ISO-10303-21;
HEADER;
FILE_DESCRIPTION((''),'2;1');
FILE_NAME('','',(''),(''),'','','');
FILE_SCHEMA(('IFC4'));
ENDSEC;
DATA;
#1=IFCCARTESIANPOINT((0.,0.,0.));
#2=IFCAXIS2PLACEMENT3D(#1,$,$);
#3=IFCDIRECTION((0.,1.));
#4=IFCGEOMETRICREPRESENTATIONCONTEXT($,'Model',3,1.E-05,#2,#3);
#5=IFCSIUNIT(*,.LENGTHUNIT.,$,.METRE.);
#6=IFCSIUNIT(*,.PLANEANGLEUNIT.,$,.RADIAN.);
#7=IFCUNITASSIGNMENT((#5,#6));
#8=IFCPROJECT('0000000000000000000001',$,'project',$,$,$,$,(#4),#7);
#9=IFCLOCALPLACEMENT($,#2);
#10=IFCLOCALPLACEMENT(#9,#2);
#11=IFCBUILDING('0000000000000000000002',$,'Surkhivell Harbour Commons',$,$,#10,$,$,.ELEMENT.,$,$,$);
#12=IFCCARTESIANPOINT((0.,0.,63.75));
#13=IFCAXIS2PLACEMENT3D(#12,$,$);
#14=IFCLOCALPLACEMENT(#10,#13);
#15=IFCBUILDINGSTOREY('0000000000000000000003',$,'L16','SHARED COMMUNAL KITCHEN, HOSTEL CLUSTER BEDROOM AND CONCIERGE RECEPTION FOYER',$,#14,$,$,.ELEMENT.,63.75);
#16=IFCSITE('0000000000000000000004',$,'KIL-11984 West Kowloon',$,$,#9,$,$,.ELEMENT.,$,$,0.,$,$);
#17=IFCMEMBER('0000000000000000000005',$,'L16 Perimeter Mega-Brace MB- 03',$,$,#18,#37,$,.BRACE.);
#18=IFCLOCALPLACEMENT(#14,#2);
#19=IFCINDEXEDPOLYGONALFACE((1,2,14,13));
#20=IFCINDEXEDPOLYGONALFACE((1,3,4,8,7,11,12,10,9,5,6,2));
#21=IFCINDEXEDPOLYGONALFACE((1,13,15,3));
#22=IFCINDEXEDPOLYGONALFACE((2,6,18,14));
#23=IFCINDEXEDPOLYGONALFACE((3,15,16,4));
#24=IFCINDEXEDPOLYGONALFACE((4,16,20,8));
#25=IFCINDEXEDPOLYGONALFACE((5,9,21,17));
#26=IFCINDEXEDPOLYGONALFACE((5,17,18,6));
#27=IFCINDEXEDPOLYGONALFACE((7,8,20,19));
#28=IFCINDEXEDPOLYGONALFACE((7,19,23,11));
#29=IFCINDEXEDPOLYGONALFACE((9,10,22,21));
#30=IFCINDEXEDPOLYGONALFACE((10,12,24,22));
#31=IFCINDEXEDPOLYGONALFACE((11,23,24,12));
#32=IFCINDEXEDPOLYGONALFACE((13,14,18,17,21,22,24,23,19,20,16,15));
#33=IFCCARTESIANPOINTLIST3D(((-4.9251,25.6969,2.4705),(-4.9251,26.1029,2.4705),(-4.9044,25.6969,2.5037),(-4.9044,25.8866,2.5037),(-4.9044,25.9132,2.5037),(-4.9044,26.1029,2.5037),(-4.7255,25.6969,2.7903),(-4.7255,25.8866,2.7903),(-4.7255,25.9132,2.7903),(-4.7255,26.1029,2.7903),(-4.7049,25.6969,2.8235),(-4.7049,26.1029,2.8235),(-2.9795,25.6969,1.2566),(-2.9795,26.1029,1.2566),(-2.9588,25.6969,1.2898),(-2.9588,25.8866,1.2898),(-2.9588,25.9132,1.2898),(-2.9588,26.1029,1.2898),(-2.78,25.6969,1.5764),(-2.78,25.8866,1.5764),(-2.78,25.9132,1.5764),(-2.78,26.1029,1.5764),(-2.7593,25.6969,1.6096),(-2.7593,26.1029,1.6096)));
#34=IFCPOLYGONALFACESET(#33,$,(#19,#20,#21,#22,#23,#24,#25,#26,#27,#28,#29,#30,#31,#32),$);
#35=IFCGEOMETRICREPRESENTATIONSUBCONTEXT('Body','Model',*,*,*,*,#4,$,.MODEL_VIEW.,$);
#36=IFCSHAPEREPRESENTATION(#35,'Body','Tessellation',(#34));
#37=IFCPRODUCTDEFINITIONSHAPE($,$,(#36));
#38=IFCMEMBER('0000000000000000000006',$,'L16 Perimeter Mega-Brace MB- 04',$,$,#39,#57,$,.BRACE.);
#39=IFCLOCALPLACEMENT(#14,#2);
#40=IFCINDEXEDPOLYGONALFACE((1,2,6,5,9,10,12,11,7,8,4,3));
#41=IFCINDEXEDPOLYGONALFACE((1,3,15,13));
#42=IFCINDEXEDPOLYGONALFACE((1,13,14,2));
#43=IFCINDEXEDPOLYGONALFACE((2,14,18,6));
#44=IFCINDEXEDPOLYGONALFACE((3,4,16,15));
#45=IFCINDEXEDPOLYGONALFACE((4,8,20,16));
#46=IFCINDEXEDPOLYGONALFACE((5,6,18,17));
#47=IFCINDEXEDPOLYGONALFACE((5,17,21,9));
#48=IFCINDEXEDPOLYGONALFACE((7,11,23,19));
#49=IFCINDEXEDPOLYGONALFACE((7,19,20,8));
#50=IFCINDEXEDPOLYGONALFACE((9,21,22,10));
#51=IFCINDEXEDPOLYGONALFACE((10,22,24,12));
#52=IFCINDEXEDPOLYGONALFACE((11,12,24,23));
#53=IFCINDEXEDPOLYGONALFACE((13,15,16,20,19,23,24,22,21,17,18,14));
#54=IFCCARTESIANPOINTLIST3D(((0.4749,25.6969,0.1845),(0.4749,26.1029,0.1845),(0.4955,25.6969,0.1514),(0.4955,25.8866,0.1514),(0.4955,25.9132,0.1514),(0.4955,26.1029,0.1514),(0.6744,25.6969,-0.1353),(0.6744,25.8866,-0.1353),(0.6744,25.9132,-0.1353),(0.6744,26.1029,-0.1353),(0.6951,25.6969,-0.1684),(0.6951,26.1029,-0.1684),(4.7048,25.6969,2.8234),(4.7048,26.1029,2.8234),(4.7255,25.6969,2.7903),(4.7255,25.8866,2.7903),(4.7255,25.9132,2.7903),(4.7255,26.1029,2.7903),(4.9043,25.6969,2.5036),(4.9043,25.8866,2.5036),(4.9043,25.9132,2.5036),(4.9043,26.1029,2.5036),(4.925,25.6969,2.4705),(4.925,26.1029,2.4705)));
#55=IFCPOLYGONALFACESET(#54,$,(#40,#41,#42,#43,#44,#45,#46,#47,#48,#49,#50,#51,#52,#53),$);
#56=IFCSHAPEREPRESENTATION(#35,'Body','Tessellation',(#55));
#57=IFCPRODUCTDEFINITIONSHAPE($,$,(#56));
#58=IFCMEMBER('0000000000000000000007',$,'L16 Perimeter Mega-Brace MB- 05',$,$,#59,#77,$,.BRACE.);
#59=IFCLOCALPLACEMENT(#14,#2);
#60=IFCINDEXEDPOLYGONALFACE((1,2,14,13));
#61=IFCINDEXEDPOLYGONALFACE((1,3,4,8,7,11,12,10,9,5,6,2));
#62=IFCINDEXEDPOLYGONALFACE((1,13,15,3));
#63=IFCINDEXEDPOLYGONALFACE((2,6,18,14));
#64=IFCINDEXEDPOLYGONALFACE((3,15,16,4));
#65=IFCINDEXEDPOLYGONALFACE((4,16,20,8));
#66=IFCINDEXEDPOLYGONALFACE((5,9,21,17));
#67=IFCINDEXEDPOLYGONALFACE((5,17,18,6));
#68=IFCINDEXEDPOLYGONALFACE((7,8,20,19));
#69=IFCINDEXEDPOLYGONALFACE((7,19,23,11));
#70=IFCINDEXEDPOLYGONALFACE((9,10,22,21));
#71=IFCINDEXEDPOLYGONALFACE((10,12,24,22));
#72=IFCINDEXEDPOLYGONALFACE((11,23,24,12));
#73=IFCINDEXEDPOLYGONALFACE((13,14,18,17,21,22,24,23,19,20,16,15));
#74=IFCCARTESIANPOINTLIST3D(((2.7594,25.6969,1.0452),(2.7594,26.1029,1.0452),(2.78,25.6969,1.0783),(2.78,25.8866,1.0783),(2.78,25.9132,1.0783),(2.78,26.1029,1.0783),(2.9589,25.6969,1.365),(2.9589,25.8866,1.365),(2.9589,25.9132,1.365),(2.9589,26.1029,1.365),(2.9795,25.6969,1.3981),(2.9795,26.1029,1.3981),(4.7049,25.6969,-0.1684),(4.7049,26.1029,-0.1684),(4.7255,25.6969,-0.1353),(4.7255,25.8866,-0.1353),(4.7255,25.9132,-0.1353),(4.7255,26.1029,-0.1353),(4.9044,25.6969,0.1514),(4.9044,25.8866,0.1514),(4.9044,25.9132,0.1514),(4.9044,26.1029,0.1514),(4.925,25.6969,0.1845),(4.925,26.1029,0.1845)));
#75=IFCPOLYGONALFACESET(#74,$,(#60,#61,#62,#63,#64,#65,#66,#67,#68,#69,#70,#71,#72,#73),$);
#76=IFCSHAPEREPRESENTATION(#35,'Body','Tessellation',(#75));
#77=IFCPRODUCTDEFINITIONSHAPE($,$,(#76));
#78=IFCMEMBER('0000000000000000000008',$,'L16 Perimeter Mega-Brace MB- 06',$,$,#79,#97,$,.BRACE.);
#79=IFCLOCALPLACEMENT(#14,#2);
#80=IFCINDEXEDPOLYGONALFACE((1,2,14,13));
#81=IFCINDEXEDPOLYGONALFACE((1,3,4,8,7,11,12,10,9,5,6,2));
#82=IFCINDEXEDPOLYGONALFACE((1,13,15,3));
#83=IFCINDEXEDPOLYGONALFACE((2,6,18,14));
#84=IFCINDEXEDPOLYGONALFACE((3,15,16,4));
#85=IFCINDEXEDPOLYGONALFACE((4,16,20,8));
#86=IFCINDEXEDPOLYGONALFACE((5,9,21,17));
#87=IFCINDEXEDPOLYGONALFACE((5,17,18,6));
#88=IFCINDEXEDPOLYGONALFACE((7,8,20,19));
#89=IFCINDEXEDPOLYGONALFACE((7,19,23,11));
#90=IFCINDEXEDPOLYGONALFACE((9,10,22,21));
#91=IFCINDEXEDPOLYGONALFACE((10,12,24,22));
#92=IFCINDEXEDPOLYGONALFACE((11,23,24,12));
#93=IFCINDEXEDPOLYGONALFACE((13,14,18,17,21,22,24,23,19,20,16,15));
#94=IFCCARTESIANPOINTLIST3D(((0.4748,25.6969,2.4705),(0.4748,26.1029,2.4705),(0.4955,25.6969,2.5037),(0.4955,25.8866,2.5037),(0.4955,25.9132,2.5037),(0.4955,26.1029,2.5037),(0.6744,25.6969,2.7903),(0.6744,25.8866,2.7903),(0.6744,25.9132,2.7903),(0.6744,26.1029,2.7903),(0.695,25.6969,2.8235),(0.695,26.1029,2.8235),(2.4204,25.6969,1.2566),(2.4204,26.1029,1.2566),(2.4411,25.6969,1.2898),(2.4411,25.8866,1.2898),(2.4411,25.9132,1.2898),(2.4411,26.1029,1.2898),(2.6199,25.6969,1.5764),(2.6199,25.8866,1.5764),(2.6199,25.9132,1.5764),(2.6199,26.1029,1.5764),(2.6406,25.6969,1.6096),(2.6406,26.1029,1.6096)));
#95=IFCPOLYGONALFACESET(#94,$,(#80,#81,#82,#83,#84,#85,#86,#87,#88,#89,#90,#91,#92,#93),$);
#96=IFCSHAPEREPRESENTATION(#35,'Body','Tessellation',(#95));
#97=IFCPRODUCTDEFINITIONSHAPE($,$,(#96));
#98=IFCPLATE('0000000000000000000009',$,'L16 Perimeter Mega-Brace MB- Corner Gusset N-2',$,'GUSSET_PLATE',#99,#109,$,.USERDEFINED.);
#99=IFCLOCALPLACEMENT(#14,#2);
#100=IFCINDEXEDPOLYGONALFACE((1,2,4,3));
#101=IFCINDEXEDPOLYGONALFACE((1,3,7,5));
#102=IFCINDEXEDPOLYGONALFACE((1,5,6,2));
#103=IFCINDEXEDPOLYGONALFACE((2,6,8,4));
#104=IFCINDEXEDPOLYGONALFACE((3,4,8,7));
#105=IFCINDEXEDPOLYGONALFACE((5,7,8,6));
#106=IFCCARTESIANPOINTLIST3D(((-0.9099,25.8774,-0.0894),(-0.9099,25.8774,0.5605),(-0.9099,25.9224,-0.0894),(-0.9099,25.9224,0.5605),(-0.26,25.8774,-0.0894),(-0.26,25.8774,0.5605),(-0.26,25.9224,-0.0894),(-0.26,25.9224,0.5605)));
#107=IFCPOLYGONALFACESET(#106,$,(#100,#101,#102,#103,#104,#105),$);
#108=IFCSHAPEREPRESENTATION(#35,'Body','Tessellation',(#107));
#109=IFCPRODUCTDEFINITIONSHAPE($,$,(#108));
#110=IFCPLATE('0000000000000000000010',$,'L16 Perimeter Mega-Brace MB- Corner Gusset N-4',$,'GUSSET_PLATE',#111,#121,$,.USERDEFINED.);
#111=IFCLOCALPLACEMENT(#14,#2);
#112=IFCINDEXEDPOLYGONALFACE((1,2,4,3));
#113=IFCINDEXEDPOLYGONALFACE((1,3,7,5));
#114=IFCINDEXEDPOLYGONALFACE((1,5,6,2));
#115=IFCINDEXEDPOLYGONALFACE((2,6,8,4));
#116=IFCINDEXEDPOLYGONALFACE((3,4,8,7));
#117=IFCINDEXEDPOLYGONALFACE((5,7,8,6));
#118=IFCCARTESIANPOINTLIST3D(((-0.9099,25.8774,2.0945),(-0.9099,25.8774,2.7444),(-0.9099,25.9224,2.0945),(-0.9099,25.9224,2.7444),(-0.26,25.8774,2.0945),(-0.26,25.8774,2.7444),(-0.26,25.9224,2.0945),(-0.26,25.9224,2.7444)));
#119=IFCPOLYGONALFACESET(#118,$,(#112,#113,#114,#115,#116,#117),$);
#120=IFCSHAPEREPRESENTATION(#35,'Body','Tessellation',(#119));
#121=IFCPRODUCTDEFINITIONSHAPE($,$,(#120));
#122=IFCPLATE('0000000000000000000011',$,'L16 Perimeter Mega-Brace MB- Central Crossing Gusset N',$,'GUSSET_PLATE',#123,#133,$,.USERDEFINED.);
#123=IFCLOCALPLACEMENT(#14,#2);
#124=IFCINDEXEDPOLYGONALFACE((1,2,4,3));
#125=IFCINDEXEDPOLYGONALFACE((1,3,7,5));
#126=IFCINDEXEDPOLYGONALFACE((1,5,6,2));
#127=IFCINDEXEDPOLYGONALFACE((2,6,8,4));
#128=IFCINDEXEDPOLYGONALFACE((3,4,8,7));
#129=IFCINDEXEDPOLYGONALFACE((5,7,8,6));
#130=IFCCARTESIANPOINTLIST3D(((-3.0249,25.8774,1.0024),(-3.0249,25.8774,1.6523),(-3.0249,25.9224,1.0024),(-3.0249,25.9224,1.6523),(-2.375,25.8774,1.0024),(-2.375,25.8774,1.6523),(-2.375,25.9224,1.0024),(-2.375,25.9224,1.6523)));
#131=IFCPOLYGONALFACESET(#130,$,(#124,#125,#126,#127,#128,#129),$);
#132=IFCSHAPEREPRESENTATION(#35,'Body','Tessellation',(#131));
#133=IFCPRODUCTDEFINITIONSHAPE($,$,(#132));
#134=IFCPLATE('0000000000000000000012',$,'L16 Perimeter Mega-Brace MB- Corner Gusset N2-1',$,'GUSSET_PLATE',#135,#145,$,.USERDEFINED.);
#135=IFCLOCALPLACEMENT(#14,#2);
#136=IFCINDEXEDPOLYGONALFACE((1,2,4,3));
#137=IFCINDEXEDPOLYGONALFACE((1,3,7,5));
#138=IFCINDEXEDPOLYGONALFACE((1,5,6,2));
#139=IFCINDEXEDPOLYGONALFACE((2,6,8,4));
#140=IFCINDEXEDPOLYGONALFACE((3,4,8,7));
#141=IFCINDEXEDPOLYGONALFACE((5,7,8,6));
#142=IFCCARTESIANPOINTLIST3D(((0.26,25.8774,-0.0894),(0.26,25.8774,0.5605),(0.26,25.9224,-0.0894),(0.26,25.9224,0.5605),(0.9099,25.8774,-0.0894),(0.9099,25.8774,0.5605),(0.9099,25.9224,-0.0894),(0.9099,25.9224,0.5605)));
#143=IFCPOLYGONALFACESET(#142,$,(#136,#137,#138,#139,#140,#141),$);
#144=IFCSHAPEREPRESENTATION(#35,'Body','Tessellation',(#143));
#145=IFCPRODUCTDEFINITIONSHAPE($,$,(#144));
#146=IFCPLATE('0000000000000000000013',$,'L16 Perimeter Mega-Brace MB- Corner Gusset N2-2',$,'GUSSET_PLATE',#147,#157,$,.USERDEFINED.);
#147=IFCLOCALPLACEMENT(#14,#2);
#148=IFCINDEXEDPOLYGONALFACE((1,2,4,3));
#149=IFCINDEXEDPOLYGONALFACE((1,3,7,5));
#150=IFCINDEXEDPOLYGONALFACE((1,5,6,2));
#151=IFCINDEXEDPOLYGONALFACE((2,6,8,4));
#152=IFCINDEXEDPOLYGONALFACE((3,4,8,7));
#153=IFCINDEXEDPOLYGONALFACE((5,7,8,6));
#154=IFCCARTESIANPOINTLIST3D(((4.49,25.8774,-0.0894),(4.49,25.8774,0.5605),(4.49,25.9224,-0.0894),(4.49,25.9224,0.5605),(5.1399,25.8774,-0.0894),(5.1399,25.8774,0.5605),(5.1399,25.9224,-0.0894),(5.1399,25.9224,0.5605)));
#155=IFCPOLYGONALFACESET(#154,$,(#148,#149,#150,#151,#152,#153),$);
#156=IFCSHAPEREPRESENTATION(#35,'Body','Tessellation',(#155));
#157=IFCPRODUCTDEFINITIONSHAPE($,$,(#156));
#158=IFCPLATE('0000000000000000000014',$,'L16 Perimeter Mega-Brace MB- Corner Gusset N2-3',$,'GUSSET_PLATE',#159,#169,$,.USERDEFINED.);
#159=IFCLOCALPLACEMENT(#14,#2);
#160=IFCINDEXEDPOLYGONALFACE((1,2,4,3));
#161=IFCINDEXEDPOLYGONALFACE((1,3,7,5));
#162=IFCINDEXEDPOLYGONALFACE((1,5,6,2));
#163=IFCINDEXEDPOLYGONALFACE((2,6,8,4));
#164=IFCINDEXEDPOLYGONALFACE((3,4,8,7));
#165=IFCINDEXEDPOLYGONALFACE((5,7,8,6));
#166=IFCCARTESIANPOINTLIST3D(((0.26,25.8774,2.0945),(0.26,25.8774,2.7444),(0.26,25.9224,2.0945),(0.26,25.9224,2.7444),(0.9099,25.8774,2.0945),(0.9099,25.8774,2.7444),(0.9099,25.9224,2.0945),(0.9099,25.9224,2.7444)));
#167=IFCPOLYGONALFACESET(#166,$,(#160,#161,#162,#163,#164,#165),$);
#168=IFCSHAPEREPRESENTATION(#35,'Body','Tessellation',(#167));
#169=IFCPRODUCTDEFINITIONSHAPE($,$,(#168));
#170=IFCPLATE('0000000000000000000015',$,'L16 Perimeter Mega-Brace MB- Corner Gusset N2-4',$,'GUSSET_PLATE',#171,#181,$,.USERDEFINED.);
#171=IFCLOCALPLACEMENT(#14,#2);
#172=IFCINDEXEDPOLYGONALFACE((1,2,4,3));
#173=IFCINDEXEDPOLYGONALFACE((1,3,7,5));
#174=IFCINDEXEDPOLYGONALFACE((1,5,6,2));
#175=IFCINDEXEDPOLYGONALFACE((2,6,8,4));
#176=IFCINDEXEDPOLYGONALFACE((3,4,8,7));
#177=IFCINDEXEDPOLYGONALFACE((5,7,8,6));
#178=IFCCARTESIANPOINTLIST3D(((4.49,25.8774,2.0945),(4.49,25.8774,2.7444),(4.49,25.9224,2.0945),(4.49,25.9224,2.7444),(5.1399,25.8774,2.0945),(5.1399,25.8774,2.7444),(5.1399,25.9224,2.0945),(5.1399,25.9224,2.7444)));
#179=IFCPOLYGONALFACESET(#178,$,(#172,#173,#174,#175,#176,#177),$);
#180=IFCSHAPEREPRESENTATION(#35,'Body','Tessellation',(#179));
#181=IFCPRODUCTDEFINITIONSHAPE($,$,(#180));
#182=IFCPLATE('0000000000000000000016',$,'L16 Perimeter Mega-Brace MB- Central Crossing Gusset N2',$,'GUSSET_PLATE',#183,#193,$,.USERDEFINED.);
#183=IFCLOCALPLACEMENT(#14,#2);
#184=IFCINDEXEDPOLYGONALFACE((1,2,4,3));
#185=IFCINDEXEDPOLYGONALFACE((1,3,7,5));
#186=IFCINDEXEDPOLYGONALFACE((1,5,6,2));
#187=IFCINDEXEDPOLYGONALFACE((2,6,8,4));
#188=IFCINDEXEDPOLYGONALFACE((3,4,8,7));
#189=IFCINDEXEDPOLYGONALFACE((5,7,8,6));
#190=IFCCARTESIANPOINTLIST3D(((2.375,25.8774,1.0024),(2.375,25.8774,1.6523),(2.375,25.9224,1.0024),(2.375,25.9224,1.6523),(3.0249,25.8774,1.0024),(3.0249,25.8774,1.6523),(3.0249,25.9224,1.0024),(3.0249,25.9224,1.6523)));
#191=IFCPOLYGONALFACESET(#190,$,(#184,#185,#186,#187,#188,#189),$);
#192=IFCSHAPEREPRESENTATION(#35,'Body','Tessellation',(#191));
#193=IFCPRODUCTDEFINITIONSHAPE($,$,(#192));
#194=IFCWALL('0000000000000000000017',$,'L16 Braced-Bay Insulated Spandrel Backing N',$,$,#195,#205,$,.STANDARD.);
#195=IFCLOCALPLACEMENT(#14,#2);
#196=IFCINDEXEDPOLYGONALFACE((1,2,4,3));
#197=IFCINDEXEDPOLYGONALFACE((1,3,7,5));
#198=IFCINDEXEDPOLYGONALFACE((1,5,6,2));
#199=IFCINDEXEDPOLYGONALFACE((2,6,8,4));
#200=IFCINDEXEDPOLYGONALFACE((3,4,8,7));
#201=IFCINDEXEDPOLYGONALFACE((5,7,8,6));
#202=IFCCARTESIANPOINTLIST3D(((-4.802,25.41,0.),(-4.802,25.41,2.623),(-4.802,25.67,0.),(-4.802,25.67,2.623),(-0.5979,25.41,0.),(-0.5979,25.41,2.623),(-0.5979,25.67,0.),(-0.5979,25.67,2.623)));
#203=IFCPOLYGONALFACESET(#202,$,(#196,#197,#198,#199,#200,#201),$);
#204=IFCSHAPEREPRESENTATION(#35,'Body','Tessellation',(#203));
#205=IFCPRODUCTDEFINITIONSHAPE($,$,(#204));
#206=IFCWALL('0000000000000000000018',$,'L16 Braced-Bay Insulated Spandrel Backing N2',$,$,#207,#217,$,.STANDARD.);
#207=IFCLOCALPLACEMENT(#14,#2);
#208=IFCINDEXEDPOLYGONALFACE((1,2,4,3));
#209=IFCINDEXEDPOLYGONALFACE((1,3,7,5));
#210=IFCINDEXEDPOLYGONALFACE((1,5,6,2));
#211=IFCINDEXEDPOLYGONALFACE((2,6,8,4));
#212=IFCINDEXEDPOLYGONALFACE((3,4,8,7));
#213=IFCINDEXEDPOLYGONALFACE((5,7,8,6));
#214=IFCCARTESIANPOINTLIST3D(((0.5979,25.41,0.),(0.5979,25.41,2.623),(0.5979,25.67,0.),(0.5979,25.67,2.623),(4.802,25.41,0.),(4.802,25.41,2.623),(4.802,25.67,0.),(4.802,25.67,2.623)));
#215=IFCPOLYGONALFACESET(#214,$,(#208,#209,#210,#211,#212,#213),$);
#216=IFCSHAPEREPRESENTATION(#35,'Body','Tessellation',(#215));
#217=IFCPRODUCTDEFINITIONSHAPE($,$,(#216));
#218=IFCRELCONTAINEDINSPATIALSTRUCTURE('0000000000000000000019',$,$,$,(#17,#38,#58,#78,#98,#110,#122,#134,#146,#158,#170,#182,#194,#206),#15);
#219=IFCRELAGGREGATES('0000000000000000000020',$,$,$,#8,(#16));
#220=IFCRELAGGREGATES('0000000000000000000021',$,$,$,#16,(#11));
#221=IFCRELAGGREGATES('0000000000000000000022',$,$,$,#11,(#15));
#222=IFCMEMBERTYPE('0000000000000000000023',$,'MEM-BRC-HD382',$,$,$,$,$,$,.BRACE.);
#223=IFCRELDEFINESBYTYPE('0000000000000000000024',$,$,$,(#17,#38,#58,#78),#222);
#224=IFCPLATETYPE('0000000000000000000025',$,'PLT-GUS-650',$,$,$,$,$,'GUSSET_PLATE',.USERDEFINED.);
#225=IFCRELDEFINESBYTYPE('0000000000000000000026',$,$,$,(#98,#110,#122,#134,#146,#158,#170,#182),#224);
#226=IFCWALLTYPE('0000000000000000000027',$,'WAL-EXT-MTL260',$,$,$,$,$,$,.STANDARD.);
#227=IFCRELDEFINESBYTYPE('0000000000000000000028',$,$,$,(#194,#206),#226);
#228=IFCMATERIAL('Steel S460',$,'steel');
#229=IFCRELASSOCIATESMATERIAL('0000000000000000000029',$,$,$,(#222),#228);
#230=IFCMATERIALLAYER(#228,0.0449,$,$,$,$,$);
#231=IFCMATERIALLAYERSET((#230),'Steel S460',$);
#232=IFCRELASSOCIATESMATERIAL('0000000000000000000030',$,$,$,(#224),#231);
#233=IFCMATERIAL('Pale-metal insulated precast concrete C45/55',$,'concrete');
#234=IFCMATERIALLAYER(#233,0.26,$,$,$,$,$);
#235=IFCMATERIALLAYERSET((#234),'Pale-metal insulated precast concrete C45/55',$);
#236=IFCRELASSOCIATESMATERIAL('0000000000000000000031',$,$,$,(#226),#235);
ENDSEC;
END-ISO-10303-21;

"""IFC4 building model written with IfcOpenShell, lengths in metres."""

from ifc_helpers import new_model, si_unit, direction, frame, frame_2d, origin, origin_2d, place, context, subcontext, project, spatial, rectangle, i_section, extrude, material, layer, layer_set, material_profile, profile_set, type_object, element, save


model = new_model("IFC4")

# Units and contexts
model_context = context("Model", 3, precision=1e-05, world=origin(), true_north=direction((0.0, 1.0)))
body_context = subcontext(model_context, "Body", "Model", "MODEL_VIEW")
ifc_project = project(units=[si_unit("LENGTHUNIT", "METRE"), si_unit("PLANEANGLEUNIT", "RADIAN")], contexts=[model_context])

# Site, building, storey
site_placement = place(None, origin())
site = spatial("IfcSite", under=ifc_project, at=site_placement, Name="KIL-11984 West Kowloon", CompositionType="ELEMENT", RefElevation=0.0)
building_placement = place(site_placement, origin())
building = spatial("IfcBuilding", under=site, at=building_placement, Name="Surkhivell Harbour Commons", CompositionType="ELEMENT")
storey_placement = place(building_placement, frame((0.0, 0.0, 63.75)))
storey = spatial("IfcBuildingStorey", under=building, at=storey_placement, Name="L16", Description="SHARED COMMUNAL KITCHEN, HOSTEL CLUSTER BEDROOM AND CONCIERGE RECEPTION FOYER", CompositionType="ELEMENT", Elevation=63.75)

# Shared definitions
ifc_material_1 = material(Name="Steel S460", Category="steel")

# Members
ifc_material_profile_1 = material_profile(ifc_material_1, i_section(OverallWidth=0.406, OverallDepth=0.416, WebThickness=0.0266, FlangeThickness=0.0391, at=origin_2d()), Name="HD400x382")
ifc_profile_set_1 = profile_set([ifc_material_profile_1], Name="Steel S460")
member_type_1 = type_object("IfcMemberType", Name="MEM-BRC-HD382", PredefinedType="BRACE", material=ifc_profile_set_1)
member_1_placement = place(storey_placement, frame((-2.8694, 25.8999, 1.4331), z_axis=(-0.848411, 0.0, 0.529338), x_axis=(0.0, -1.0, 0.0)))
element("IfcMember", 1, at=member_1_placement, inside=storey, type_object=member_type_1, Name="L16 Perimeter Mega-Brace MB- 03", PredefinedType="BRACE", context=body_context, shape_type="SweptSolid", body=[
    extrude(i_section(OverallWidth=0.406, OverallDepth=0.416, WebThickness=0.0266, FlangeThickness=0.0391, at=origin_2d()), origin(), (0.0, 0.0, 1.0), 2.2932),
])
member_2_placement = place(storey_placement, frame((0.585, 25.8999, 0.0081), z_axis=(0.848433, 0.0, 0.529303), x_axis=(0.0, 1.0, 0.0)))
element("IfcMember", 2, at=member_2_placement, inside=storey, type_object=member_type_1, Name="L16 Perimeter Mega-Brace MB- 04", PredefinedType="BRACE", context=body_context, shape_type="SweptSolid", body=[
    extrude(i_section(OverallWidth=0.406, OverallDepth=0.416, WebThickness=0.0266, FlangeThickness=0.0391, at=origin_2d()), origin(), (0.0, 0.0, 1.0), 4.9856),
])
member_3_placement = place(storey_placement, frame((4.8149, 25.8999, 0.0081), z_axis=(-0.848459, 0.0, 0.529262), x_axis=(0.0, -1.0, 0.0)))
element("IfcMember", 3, at=member_3_placement, inside=storey, type_object=member_type_1, Name="L16 Perimeter Mega-Brace MB- 05", PredefinedType="BRACE", context=body_context, shape_type="SweptSolid", body=[
    extrude(i_section(OverallWidth=0.406, OverallDepth=0.416, WebThickness=0.0266, FlangeThickness=0.0391, at=origin_2d()), origin(), (0.0, 0.0, 1.0), 2.293),
])
member_4_placement = place(storey_placement, frame((2.5305, 25.8999, 1.4331), z_axis=(-0.848411, 0.0, 0.529338), x_axis=(0.0, -1.0, 0.0)))
element("IfcMember", 4, at=member_4_placement, inside=storey, type_object=member_type_1, Name="L16 Perimeter Mega-Brace MB- 06", PredefinedType="BRACE", context=body_context, shape_type="SweptSolid", body=[
    extrude(i_section(OverallWidth=0.406, OverallDepth=0.416, WebThickness=0.0266, FlangeThickness=0.0391, at=origin_2d()), origin(), (0.0, 0.0, 1.0), 2.2932),
])

# Plates
ifc_layer_1 = layer(ifc_material_1, 0.0449)
ifc_layer_set_1 = layer_set([ifc_layer_1], Name="Steel S460")
plate_type_1 = type_object("IfcPlateType", Name="PLT-GUS-650", ElementType="GUSSET_PLATE", PredefinedType="USERDEFINED", material=ifc_layer_set_1)
for number, where, z_axis, x_axis, name in (
    (5, (-0.585, 25.8999, -0.0894), (0.0, 0.0, 1.0), (1.0, 0.0, 0.0), "L16 Perimeter Mega-Brace MB- Corner Gusset N-2"),
    (6, (-0.585, 25.8999, 2.0945), (0.0, 0.0, 1.0), (1.0, 0.0, 0.0), "L16 Perimeter Mega-Brace MB- Corner Gusset N-4"),
    (7, (-2.7, 25.8999, 1.0024), (0.0, 0.0, 1.0), (1.0, 0.0, 0.0), "L16 Perimeter Mega-Brace MB- Central Crossing Gusset N"),
    (8, (0.585, 25.8999, -0.0894), (0.0, 0.0, 1.0), (1.0, 0.0, 0.0), "L16 Perimeter Mega-Brace MB- Corner Gusset N2-1"),
    (9, (4.8149, 25.8999, -0.0894), (0.0, 0.0, 1.0), (1.0, 0.0, 0.0), "L16 Perimeter Mega-Brace MB- Corner Gusset N2-2"),
    (10, (0.585, 25.8999, 2.0945), (0.0, 0.0, 1.0), (1.0, 0.0, 0.0), "L16 Perimeter Mega-Brace MB- Corner Gusset N2-3"),
    (11, (4.8149, 25.8999, 2.0945), (0.0, 0.0, 1.0), (1.0, 0.0, 0.0), "L16 Perimeter Mega-Brace MB- Corner Gusset N2-4"),
    (12, (2.7, 25.8999, 1.0024), (0.0, 0.0, 1.0), (1.0, 0.0, 0.0), "L16 Perimeter Mega-Brace MB- Central Crossing Gusset N2"),
):
    element("IfcPlate", number, at=place(storey_placement, frame(where, z_axis=z_axis, x_axis=x_axis)), inside=storey, type_object=plate_type_1, Name=name, ObjectType="GUSSET_PLATE", PredefinedType="USERDEFINED", context=body_context, shape_type="SweptSolid", body=[
        extrude(rectangle(XDim=0.6499, YDim=0.0449, at=origin_2d()), origin(), (0.0, 0.0, 1.0), 0.6499),
    ])

# Walls
ifc_material_2 = material(Name="Pale-metal insulated precast concrete C45/55", Category="concrete")
ifc_layer_2 = layer(ifc_material_2, 0.26)
ifc_layer_set_2 = layer_set([ifc_layer_2], Name="Pale-metal insulated precast concrete C45/55")
wall_type = type_object("IfcWallType", Name="WAL-EXT-MTL260", PredefinedType="STANDARD", material=ifc_layer_set_2)
for number, where, z_axis, x_axis, name in (
    (13, (-0.5979, 25.54, 0.0), (0.0, 0.0, 1.0), (-1.0, 0.0, 0.0), "L16 Braced-Bay Insulated Spandrel Backing N"),
    (14, (4.802, 25.54, 0.0), (0.0, 0.0, 1.0), (-1.0, 0.0, 0.0), "L16 Braced-Bay Insulated Spandrel Backing N2"),
):
    element("IfcWall", number, at=place(storey_placement, frame(where, z_axis=z_axis, x_axis=x_axis)), inside=storey, type_object=wall_type, Name=name, PredefinedType="STANDARD", context=body_context, shape_type="SweptSolid", body=[
        extrude(rectangle(XDim=4.2041, YDim=0.26, at=frame_2d((2.1021, 0.0))), origin(), (0.0, 0.0, 1.0), 2.623),
    ])

save(model, "model.ifc")
